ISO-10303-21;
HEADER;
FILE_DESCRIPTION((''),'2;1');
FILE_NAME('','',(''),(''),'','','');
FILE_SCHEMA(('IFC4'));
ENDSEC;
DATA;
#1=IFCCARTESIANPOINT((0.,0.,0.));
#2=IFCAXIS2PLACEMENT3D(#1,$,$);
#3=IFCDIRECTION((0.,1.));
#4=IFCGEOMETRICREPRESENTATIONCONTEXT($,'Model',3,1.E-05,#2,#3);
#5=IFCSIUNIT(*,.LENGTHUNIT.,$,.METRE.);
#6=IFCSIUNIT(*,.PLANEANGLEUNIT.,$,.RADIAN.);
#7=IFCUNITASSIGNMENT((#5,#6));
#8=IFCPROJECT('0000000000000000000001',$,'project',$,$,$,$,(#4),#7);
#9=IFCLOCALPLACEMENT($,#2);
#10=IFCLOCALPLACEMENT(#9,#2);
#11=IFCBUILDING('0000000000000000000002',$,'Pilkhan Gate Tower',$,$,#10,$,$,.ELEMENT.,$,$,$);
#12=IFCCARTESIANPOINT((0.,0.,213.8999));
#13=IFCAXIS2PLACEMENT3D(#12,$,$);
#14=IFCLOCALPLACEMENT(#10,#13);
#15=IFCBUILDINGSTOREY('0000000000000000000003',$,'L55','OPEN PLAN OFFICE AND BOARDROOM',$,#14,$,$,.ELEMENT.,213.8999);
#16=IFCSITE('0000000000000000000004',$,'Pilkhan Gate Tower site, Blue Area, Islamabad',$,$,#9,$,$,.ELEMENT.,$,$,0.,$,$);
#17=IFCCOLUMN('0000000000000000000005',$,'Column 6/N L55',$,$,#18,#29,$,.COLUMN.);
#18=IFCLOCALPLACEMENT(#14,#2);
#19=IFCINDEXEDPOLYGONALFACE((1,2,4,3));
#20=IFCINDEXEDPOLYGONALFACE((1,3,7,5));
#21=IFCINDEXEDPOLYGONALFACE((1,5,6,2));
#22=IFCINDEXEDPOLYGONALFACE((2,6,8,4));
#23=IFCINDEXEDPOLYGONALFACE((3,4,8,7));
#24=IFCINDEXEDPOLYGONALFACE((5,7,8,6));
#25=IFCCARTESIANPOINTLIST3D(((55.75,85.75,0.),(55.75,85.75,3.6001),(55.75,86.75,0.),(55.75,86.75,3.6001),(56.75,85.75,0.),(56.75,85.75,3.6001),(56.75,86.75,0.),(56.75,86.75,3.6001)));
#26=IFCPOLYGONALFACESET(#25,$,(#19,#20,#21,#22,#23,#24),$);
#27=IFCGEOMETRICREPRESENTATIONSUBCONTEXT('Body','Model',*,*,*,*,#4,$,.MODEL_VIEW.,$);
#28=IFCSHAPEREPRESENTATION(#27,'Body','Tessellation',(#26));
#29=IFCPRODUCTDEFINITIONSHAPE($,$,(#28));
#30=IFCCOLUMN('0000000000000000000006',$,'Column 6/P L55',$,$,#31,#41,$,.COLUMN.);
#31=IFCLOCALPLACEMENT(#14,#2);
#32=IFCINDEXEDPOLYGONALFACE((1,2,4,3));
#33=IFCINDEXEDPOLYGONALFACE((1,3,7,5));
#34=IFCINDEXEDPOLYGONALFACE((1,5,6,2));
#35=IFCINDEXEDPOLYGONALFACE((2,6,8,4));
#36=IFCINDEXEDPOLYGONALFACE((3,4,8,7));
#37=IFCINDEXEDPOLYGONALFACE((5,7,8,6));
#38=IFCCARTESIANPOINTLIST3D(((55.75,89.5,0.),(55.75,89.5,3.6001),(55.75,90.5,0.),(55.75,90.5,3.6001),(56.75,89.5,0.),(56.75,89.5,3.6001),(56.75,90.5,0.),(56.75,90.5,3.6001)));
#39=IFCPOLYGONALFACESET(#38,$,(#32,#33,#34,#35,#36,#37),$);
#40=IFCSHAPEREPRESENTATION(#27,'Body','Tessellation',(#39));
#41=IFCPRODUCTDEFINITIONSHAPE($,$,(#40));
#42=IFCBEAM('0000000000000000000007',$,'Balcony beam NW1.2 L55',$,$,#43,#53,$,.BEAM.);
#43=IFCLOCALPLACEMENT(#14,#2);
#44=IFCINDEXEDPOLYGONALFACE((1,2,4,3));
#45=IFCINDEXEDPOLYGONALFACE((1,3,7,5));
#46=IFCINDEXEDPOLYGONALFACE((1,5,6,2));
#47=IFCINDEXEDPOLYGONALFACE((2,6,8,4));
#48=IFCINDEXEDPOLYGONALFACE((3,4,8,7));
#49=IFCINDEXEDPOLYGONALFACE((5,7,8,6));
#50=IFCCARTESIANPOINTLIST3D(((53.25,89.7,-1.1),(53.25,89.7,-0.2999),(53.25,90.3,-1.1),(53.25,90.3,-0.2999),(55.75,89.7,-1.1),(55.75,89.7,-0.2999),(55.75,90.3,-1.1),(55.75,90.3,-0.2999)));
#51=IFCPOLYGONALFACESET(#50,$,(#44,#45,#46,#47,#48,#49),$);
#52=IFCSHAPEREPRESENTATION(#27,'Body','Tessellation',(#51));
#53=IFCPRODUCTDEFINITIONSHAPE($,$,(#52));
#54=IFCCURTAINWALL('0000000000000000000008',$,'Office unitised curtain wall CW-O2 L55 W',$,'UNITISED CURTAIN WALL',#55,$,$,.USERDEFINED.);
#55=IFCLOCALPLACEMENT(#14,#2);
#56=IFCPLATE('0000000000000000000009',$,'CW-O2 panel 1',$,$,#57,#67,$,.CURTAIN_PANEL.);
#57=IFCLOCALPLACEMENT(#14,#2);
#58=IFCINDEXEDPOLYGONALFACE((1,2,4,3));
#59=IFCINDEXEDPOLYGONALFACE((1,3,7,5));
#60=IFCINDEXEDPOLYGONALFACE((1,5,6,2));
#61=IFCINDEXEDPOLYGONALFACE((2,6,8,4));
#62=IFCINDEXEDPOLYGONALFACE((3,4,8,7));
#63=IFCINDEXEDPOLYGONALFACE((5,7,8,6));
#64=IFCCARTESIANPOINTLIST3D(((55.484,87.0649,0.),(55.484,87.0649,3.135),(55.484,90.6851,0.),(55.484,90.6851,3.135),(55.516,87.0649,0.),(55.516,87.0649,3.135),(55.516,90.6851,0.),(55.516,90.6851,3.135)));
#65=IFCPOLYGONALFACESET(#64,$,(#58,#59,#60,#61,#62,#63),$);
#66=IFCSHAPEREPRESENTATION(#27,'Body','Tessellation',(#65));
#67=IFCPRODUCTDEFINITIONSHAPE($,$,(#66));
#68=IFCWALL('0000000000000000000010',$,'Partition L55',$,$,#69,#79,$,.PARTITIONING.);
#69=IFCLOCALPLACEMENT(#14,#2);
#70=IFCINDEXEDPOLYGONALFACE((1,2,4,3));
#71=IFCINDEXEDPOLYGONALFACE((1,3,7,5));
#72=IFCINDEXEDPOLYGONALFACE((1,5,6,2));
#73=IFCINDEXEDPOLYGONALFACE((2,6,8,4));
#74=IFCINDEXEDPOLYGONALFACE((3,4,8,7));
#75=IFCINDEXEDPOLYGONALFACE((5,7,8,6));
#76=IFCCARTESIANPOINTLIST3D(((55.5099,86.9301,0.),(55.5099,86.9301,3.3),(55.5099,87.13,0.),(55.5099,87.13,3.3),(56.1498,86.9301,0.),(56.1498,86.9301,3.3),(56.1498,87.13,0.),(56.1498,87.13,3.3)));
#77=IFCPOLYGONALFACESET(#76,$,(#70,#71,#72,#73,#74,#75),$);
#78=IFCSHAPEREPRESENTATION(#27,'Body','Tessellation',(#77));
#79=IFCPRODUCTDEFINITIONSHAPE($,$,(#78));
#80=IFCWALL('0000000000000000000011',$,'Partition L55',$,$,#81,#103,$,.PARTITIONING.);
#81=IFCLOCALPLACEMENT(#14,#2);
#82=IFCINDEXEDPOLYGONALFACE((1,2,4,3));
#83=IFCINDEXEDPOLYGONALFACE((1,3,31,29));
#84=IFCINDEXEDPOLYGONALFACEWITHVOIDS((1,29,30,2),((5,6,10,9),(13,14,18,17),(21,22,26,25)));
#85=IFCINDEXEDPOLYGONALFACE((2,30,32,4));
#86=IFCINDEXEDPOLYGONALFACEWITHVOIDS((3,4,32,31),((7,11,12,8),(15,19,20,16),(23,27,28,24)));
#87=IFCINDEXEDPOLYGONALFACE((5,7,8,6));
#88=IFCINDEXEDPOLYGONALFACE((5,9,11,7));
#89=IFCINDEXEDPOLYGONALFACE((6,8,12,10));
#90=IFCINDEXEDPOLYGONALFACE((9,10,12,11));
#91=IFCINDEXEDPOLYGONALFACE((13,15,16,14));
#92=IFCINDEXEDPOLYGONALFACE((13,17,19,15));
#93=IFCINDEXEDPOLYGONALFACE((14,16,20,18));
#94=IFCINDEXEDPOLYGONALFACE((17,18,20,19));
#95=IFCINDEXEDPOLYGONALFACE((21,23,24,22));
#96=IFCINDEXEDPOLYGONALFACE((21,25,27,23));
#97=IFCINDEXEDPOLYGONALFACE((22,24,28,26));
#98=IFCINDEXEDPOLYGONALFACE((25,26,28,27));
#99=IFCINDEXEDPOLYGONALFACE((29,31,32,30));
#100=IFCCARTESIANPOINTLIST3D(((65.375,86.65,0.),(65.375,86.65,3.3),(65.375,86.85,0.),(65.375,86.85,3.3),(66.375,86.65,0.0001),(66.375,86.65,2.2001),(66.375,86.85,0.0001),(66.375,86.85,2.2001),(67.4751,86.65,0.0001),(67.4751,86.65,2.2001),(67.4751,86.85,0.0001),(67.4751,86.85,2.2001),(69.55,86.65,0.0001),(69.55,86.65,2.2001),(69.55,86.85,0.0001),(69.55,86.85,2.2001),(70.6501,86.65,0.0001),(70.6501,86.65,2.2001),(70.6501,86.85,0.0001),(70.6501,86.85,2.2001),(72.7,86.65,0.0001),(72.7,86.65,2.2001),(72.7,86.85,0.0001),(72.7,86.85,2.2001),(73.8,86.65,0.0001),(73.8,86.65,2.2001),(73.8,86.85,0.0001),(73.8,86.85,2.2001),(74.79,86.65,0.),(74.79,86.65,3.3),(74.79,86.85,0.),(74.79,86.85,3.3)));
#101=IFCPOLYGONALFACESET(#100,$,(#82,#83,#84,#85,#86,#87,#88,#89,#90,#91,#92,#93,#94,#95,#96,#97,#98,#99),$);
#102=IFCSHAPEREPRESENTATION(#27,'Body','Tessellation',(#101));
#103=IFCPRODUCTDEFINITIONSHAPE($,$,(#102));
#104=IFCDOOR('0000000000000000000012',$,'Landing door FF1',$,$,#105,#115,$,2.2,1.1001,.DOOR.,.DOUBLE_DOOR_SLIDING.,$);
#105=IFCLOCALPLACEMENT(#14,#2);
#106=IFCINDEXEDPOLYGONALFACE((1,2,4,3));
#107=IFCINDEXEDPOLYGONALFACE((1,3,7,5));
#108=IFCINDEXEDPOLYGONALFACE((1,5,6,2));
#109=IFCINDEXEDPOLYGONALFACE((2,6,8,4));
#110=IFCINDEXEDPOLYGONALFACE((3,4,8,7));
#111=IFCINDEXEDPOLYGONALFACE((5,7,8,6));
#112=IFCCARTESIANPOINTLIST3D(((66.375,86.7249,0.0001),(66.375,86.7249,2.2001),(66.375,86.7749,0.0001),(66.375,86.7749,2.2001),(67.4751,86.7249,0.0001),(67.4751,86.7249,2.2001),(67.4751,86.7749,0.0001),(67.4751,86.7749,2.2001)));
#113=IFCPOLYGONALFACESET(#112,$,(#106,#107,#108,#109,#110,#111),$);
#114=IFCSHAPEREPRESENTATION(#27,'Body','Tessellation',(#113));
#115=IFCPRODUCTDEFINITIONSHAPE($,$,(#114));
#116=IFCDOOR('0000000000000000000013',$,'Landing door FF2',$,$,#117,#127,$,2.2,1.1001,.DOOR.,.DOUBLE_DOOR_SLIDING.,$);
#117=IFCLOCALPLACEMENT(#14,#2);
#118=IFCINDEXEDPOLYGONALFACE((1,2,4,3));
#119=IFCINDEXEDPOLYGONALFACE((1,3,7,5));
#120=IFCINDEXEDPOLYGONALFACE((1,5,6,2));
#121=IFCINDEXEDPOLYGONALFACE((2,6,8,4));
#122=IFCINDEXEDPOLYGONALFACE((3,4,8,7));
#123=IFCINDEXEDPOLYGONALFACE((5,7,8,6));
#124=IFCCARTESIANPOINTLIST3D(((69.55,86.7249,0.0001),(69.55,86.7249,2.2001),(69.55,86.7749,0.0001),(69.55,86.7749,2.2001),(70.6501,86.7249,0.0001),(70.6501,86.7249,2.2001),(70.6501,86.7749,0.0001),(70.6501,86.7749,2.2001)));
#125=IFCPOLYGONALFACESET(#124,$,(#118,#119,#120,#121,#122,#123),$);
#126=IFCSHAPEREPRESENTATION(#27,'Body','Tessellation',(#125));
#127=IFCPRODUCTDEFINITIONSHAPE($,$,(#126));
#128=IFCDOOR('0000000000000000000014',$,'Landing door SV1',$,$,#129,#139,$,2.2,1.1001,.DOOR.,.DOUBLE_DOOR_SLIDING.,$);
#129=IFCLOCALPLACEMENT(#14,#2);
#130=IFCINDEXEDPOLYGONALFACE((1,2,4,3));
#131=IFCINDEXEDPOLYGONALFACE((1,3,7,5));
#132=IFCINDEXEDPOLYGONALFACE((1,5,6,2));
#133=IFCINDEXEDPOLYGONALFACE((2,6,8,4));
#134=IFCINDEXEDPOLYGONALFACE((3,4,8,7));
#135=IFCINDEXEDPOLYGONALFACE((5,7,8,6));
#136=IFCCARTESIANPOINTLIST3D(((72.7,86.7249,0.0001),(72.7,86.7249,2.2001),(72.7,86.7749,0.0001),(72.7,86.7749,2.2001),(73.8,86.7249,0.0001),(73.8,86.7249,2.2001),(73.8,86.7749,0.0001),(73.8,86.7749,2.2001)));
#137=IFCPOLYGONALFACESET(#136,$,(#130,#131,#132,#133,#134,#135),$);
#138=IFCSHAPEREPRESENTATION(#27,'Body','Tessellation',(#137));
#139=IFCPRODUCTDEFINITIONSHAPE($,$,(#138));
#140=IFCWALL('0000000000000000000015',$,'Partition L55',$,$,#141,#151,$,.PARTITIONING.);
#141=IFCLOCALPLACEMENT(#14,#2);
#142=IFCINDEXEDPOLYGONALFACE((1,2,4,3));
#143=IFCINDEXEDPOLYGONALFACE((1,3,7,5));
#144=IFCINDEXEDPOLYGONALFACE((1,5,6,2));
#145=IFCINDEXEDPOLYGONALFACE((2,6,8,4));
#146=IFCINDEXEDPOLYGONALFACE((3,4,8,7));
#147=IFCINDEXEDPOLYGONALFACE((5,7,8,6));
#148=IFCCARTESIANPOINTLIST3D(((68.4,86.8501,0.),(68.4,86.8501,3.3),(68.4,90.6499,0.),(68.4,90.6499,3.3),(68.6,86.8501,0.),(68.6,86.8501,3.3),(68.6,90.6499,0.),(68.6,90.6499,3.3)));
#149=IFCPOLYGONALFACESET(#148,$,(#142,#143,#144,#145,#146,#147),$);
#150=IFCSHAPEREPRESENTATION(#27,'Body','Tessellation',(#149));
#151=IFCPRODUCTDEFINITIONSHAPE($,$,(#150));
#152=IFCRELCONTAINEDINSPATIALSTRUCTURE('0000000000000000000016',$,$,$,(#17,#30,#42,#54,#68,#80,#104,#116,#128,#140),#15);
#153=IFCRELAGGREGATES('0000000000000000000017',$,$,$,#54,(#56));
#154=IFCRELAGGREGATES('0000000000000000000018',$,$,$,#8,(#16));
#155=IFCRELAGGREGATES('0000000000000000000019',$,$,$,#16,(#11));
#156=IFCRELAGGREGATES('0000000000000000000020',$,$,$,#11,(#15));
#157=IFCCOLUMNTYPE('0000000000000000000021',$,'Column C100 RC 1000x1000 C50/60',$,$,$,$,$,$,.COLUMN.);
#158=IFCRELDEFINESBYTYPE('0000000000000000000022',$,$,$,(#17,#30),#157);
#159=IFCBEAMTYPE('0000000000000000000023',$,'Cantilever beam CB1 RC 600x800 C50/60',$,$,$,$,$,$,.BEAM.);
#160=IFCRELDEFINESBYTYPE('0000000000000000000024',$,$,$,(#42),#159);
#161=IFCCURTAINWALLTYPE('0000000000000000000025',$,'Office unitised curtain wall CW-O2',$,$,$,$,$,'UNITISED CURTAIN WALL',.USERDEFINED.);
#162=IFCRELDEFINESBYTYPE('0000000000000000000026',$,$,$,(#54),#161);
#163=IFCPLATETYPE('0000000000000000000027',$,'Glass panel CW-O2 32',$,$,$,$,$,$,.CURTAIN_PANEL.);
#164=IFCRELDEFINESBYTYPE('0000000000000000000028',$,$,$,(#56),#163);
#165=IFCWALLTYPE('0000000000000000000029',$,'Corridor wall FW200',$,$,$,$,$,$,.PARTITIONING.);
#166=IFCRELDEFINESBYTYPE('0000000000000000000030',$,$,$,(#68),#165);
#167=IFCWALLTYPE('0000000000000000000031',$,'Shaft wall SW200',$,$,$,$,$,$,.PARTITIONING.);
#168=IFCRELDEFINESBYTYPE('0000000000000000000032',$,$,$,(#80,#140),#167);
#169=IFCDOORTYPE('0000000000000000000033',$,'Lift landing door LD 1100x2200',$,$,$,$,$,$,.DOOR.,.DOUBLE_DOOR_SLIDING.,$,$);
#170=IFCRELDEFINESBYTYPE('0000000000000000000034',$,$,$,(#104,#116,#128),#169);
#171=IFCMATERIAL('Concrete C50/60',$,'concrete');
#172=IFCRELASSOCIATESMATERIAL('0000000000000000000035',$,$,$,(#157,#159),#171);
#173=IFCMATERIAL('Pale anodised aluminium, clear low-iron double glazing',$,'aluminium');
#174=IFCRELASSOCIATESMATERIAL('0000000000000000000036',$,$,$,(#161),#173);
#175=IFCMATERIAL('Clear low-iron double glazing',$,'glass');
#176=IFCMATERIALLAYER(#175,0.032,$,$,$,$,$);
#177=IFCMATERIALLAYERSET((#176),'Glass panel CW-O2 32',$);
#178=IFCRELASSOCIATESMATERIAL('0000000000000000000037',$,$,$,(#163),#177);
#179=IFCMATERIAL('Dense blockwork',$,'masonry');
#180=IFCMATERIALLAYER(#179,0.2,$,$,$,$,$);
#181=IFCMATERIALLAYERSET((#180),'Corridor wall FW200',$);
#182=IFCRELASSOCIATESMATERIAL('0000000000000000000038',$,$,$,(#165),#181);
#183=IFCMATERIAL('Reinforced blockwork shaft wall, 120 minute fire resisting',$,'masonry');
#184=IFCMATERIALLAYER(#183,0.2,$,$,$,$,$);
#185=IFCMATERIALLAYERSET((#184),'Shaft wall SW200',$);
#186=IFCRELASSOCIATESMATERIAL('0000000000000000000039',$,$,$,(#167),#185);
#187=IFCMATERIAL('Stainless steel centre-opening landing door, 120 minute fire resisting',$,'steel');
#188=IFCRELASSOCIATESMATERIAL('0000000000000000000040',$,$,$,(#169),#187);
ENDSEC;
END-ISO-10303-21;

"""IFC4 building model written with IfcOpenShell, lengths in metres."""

from ifc_helpers import new_model, si_unit, direction, frame, frame_2d, origin, origin_2d, place, context, subcontext, project, spatial, rectangle, extrude, material, layer, layer_set, material_profile, profile_set, type_object, element, fill, aggregate, save


model = new_model("IFC4")

# Units and contexts
model_context = context("Model", 3, precision=1e-05, world=origin(), true_north=direction((0.0, 1.0)))
body_context = subcontext(model_context, "Body", "Model", "MODEL_VIEW")
ifc_project = project(units=[si_unit("LENGTHUNIT", "METRE"), si_unit("PLANEANGLEUNIT", "RADIAN")], contexts=[model_context])

# Site, building, storey
site_placement = place(None, origin())
site = spatial("IfcSite", under=ifc_project, at=site_placement, Name="Pilkhan Gate Tower site, Blue Area, Islamabad", CompositionType="ELEMENT", RefElevation=0.0)
building_placement = place(site_placement, origin())
building = spatial("IfcBuilding", under=site, at=building_placement, Name="Pilkhan Gate Tower", CompositionType="ELEMENT")
storey_placement = place(building_placement, frame((0.0, 0.0, 213.8999)))
storey = spatial("IfcBuildingStorey", under=building, at=storey_placement, Name="L55", Description="OPEN PLAN OFFICE AND BOARDROOM", CompositionType="ELEMENT", Elevation=213.8999)

# Columns
ifc_material_1 = material(Name="Concrete C50/60", Category="concrete")
ifc_material_profile_1 = material_profile(ifc_material_1, rectangle(XDim=1.0, YDim=1.0, at=origin_2d()), Name="RC 1000x1000")
ifc_profile_set_1 = profile_set([ifc_material_profile_1], Name="Concrete C50/60")
column_type = type_object("IfcColumnType", Name="Column C100 RC 1000x1000 C50/60", PredefinedType="COLUMN", material=ifc_profile_set_1)
for number, where, z_axis, x_axis, name in (
    (1, (56.25, 86.25, 0.0), (0.0, 0.0, 1.0), (1.0, 0.0, 0.0), "Column 6/N L55"),
    (2, (56.25, 90.0, 0.0), (0.0, 0.0, 1.0), (1.0, 0.0, 0.0), "Column 6/P L55"),
):
    element("IfcColumn", number, at=place(storey_placement, frame(where, z_axis=z_axis, x_axis=x_axis)), inside=storey, type_object=column_type, Name=name, PredefinedType="COLUMN", context=body_context, shape_type="SweptSolid", body=[
        extrude(rectangle(XDim=1.0, YDim=1.0, at=origin_2d()), origin(), (0.0, 0.0, 1.0), 3.6001),
    ])

# Beam
ifc_material_profile_2 = material_profile(ifc_material_1, rectangle(XDim=0.6001, YDim=0.8, at=origin_2d()), Name="RC 600x800")
ifc_profile_set_2 = profile_set([ifc_material_profile_2], Name="Concrete C50/60")
beam_type = type_object("IfcBeamType", Name="Cantilever beam CB1 RC 600x800 C50/60", PredefinedType="BEAM", material=ifc_profile_set_2)
beam_placement = place(storey_placement, frame((55.75, 90.0, -0.7), z_axis=(-1.0, 0.0, 0.0), x_axis=(0.0, -1.0, 0.0)))
element("IfcBeam", 3, at=beam_placement, inside=storey, type_object=beam_type, Name="Balcony beam NW1.2 L55", PredefinedType="BEAM", context=body_context, shape_type="SweptSolid", body=[
    extrude(rectangle(XDim=0.6001, YDim=0.8, at=origin_2d()), origin(), (0.0, 0.0, 1.0), 2.5),
])

# Curtain wall, plate
ifc_material_2 = material(Name="Pale anodised aluminium, clear low-iron double glazing", Category="aluminium")
curtain_wall_type = type_object("IfcCurtainWallType", Name="Office unitised curtain wall CW-O2", ElementType="UNITISED CURTAIN WALL", PredefinedType="USERDEFINED", material=ifc_material_2)
curtain_wall_placement = place(storey_placement, origin())
curtain_wall = element("IfcCurtainWall", 4, at=curtain_wall_placement, inside=storey, type_object=curtain_wall_type, Name="Office unitised curtain wall CW-O2 L55 W", ObjectType="UNITISED CURTAIN WALL", PredefinedType="USERDEFINED")
ifc_material_3 = material(Name="Clear low-iron double glazing", Category="glass")
ifc_layer_1 = layer(ifc_material_3, 0.032)
ifc_layer_set_1 = layer_set([ifc_layer_1], Name="Glass panel CW-O2 32")
plate_type = type_object("IfcPlateType", Name="Glass panel CW-O2 32", PredefinedType="CURTAIN_PANEL", material=ifc_layer_set_1)
plate_placement = place(storey_placement, frame((55.5, 88.875, 0.0), z_axis=(0.0, 0.0, 1.0), x_axis=(0.0, 1.0, 0.0)))
plate = element("IfcPlate", 5, at=plate_placement, type_object=plate_type, Name="CW-O2 panel 1", PredefinedType="CURTAIN_PANEL", context=body_context, shape_type="SweptSolid", body=[
    extrude(rectangle(XDim=3.6201, YDim=0.032, at=origin_2d()), origin(), (0.0, 0.0, 1.0), 3.135),
])
aggregate(curtain_wall, [plate])

# Wall
ifc_material_4 = material(Name="Dense blockwork", Category="masonry")
ifc_layer_2 = layer(ifc_material_4, 0.2)
ifc_layer_set_2 = layer_set([ifc_layer_2], Name="Corridor wall FW200")
wall_type_1 = type_object("IfcWallType", Name="Corridor wall FW200", PredefinedType="PARTITIONING", material=ifc_layer_set_2)
wall_1_placement = place(storey_placement, frame((55.51, 87.03, 0.0), z_axis=(0.0, 0.0, 1.0), x_axis=(1.0, 0.0, 0.0)))
element("IfcWall", 6, at=wall_1_placement, inside=storey, type_object=wall_type_1, Name="Partition L55", PredefinedType="PARTITIONING", context=body_context, shape_type="SweptSolid", body=[
    extrude(rectangle(XDim=0.6399, YDim=0.2, at=frame_2d((0.3198, 0.0))), origin(), (0.0, 0.0, 1.0), 3.3),
])

# Wall, openings, doors
ifc_material_5 = material(Name="Reinforced blockwork shaft wall, 120 minute fire resisting", Category="masonry")
ifc_layer_3 = layer(ifc_material_5, 0.2)
ifc_layer_set_3 = layer_set([ifc_layer_3], Name="Shaft wall SW200")
wall_type_2 = type_object("IfcWallType", Name="Shaft wall SW200", PredefinedType="PARTITIONING", material=ifc_layer_set_3)
wall_2_placement = place(storey_placement, frame((65.375, 86.75, 0.0), z_axis=(0.0, 0.0, 1.0), x_axis=(1.0, 0.0, 0.0)))
wall_2 = element("IfcWall", 7, at=wall_2_placement, inside=storey, type_object=wall_type_2, Name="Partition L55", PredefinedType="PARTITIONING", context=body_context, shape_type="SweptSolid", body=[
    extrude(rectangle(XDim=9.415, YDim=0.2, at=frame_2d((4.7075, 0.0))), origin(), (0.0, 0.0, 1.0), 3.3),
])
opening_1_placement = place(wall_2_placement, frame((1.0, 0.0, 0.0)))
opening_1 = element("IfcOpeningElement", 8, at=opening_1_placement, cuts=wall_2, PredefinedType="OPENING", context=body_context, shape_type="SweptSolid", body=[
    extrude(rectangle(XDim=1.1001, YDim=2.2, at=frame_2d((0.55, 1.1001))), frame((0.0, 0.1099, 0.0), z_axis=(0.0, -1.0, 0.0), x_axis=(1.0, 0.0, 0.0)), (0.0, 0.0, 1.0), 0.22),
])
opening_2_placement = place(wall_2_placement, frame((4.175, 0.0, 0.0)))
opening_2 = element("IfcOpeningElement", 9, at=opening_2_placement, cuts=wall_2, PredefinedType="OPENING", context=body_context, shape_type="SweptSolid", body=[
    extrude(rectangle(XDim=1.1001, YDim=2.2, at=frame_2d((0.55, 1.1001))), frame((0.0, 0.1099, 0.0), z_axis=(0.0, -1.0, 0.0), x_axis=(1.0, 0.0, 0.0)), (0.0, 0.0, 1.0), 0.22),
])
opening_3_placement = place(wall_2_placement, frame((7.325, 0.0, 0.0)))
opening_3 = element("IfcOpeningElement", 10, at=opening_3_placement, cuts=wall_2, PredefinedType="OPENING", context=body_context, shape_type="SweptSolid", body=[
    extrude(rectangle(XDim=1.1001, YDim=2.2, at=frame_2d((0.55, 1.1001))), frame((0.0, 0.1099, 0.0), z_axis=(0.0, -1.0, 0.0), x_axis=(1.0, 0.0, 0.0)), (0.0, 0.0, 1.0), 0.22),
])
ifc_material_6 = material(Name="Stainless steel centre-opening landing door, 120 minute fire resisting", Category="steel")
door_type_1 = type_object("IfcDoorType", Name="Lift landing door LD 1100x2200", OperationType="DOUBLE_DOOR_SLIDING", PredefinedType="DOOR", material=ifc_material_6)
door_1_placement = place(opening_1_placement, origin())
door_1 = element("IfcDoor", 11, at=door_1_placement, inside=storey, type_object=door_type_1, Name="Landing door FF1", OperationType="DOUBLE_DOOR_SLIDING", OverallHeight=2.2, OverallWidth=1.1001, PredefinedType="DOOR", context=body_context, shape_type="SweptSolid", body=[
    extrude(rectangle(XDim=1.1001, YDim=2.2, at=frame_2d((0.55, 1.1001))), frame((0.0, 0.0249, 0.0), z_axis=(0.0, -1.0, 0.0), x_axis=(1.0, 0.0, 0.0)), (0.0, 0.0, 1.0), 0.05),
])
fill(opening_1, door_1)
door_2_placement = place(opening_2_placement, origin())
door_2 = element("IfcDoor", 12, at=door_2_placement, inside=storey, type_object=door_type_1, Name="Landing door FF2", OperationType="DOUBLE_DOOR_SLIDING", OverallHeight=2.2, OverallWidth=1.1001, PredefinedType="DOOR", context=body_context, shape_type="SweptSolid", body=[
    extrude(rectangle(XDim=1.1001, YDim=2.2, at=frame_2d((0.55, 1.1001))), frame((0.0, 0.0249, 0.0), z_axis=(0.0, -1.0, 0.0), x_axis=(1.0, 0.0, 0.0)), (0.0, 0.0, 1.0), 0.05),
])
fill(opening_2, door_2)
door_3_placement = place(opening_3_placement, origin())
door_3 = element("IfcDoor", 13, at=door_3_placement, inside=storey, type_object=door_type_1, Name="Landing door SV1", OperationType="DOUBLE_DOOR_SLIDING", OverallHeight=2.2, OverallWidth=1.1001, PredefinedType="DOOR", context=body_context, shape_type="SweptSolid", body=[
    extrude(rectangle(XDim=1.1001, YDim=2.2, at=frame_2d((0.55, 1.1001))), frame((0.0, 0.0249, 0.0), z_axis=(0.0, -1.0, 0.0), x_axis=(1.0, 0.0, 0.0)), (0.0, 0.0, 1.0), 0.05),
])
fill(opening_3, door_3)

# Wall
wall_3_placement = place(storey_placement, frame((68.5, 86.8501, 0.0), z_axis=(0.0, 0.0, 1.0), x_axis=(0.0, 1.0, 0.0)))
element("IfcWall", 14, at=wall_3_placement, inside=storey, type_object=wall_type_2, Name="Partition L55", PredefinedType="PARTITIONING", context=body_context, shape_type="SweptSolid", body=[
    extrude(rectangle(XDim=3.7998, YDim=0.2, at=frame_2d((1.8999, 0.0))), origin(), (0.0, 0.0, 1.0), 3.3),
])

save(model, "model.ifc")
